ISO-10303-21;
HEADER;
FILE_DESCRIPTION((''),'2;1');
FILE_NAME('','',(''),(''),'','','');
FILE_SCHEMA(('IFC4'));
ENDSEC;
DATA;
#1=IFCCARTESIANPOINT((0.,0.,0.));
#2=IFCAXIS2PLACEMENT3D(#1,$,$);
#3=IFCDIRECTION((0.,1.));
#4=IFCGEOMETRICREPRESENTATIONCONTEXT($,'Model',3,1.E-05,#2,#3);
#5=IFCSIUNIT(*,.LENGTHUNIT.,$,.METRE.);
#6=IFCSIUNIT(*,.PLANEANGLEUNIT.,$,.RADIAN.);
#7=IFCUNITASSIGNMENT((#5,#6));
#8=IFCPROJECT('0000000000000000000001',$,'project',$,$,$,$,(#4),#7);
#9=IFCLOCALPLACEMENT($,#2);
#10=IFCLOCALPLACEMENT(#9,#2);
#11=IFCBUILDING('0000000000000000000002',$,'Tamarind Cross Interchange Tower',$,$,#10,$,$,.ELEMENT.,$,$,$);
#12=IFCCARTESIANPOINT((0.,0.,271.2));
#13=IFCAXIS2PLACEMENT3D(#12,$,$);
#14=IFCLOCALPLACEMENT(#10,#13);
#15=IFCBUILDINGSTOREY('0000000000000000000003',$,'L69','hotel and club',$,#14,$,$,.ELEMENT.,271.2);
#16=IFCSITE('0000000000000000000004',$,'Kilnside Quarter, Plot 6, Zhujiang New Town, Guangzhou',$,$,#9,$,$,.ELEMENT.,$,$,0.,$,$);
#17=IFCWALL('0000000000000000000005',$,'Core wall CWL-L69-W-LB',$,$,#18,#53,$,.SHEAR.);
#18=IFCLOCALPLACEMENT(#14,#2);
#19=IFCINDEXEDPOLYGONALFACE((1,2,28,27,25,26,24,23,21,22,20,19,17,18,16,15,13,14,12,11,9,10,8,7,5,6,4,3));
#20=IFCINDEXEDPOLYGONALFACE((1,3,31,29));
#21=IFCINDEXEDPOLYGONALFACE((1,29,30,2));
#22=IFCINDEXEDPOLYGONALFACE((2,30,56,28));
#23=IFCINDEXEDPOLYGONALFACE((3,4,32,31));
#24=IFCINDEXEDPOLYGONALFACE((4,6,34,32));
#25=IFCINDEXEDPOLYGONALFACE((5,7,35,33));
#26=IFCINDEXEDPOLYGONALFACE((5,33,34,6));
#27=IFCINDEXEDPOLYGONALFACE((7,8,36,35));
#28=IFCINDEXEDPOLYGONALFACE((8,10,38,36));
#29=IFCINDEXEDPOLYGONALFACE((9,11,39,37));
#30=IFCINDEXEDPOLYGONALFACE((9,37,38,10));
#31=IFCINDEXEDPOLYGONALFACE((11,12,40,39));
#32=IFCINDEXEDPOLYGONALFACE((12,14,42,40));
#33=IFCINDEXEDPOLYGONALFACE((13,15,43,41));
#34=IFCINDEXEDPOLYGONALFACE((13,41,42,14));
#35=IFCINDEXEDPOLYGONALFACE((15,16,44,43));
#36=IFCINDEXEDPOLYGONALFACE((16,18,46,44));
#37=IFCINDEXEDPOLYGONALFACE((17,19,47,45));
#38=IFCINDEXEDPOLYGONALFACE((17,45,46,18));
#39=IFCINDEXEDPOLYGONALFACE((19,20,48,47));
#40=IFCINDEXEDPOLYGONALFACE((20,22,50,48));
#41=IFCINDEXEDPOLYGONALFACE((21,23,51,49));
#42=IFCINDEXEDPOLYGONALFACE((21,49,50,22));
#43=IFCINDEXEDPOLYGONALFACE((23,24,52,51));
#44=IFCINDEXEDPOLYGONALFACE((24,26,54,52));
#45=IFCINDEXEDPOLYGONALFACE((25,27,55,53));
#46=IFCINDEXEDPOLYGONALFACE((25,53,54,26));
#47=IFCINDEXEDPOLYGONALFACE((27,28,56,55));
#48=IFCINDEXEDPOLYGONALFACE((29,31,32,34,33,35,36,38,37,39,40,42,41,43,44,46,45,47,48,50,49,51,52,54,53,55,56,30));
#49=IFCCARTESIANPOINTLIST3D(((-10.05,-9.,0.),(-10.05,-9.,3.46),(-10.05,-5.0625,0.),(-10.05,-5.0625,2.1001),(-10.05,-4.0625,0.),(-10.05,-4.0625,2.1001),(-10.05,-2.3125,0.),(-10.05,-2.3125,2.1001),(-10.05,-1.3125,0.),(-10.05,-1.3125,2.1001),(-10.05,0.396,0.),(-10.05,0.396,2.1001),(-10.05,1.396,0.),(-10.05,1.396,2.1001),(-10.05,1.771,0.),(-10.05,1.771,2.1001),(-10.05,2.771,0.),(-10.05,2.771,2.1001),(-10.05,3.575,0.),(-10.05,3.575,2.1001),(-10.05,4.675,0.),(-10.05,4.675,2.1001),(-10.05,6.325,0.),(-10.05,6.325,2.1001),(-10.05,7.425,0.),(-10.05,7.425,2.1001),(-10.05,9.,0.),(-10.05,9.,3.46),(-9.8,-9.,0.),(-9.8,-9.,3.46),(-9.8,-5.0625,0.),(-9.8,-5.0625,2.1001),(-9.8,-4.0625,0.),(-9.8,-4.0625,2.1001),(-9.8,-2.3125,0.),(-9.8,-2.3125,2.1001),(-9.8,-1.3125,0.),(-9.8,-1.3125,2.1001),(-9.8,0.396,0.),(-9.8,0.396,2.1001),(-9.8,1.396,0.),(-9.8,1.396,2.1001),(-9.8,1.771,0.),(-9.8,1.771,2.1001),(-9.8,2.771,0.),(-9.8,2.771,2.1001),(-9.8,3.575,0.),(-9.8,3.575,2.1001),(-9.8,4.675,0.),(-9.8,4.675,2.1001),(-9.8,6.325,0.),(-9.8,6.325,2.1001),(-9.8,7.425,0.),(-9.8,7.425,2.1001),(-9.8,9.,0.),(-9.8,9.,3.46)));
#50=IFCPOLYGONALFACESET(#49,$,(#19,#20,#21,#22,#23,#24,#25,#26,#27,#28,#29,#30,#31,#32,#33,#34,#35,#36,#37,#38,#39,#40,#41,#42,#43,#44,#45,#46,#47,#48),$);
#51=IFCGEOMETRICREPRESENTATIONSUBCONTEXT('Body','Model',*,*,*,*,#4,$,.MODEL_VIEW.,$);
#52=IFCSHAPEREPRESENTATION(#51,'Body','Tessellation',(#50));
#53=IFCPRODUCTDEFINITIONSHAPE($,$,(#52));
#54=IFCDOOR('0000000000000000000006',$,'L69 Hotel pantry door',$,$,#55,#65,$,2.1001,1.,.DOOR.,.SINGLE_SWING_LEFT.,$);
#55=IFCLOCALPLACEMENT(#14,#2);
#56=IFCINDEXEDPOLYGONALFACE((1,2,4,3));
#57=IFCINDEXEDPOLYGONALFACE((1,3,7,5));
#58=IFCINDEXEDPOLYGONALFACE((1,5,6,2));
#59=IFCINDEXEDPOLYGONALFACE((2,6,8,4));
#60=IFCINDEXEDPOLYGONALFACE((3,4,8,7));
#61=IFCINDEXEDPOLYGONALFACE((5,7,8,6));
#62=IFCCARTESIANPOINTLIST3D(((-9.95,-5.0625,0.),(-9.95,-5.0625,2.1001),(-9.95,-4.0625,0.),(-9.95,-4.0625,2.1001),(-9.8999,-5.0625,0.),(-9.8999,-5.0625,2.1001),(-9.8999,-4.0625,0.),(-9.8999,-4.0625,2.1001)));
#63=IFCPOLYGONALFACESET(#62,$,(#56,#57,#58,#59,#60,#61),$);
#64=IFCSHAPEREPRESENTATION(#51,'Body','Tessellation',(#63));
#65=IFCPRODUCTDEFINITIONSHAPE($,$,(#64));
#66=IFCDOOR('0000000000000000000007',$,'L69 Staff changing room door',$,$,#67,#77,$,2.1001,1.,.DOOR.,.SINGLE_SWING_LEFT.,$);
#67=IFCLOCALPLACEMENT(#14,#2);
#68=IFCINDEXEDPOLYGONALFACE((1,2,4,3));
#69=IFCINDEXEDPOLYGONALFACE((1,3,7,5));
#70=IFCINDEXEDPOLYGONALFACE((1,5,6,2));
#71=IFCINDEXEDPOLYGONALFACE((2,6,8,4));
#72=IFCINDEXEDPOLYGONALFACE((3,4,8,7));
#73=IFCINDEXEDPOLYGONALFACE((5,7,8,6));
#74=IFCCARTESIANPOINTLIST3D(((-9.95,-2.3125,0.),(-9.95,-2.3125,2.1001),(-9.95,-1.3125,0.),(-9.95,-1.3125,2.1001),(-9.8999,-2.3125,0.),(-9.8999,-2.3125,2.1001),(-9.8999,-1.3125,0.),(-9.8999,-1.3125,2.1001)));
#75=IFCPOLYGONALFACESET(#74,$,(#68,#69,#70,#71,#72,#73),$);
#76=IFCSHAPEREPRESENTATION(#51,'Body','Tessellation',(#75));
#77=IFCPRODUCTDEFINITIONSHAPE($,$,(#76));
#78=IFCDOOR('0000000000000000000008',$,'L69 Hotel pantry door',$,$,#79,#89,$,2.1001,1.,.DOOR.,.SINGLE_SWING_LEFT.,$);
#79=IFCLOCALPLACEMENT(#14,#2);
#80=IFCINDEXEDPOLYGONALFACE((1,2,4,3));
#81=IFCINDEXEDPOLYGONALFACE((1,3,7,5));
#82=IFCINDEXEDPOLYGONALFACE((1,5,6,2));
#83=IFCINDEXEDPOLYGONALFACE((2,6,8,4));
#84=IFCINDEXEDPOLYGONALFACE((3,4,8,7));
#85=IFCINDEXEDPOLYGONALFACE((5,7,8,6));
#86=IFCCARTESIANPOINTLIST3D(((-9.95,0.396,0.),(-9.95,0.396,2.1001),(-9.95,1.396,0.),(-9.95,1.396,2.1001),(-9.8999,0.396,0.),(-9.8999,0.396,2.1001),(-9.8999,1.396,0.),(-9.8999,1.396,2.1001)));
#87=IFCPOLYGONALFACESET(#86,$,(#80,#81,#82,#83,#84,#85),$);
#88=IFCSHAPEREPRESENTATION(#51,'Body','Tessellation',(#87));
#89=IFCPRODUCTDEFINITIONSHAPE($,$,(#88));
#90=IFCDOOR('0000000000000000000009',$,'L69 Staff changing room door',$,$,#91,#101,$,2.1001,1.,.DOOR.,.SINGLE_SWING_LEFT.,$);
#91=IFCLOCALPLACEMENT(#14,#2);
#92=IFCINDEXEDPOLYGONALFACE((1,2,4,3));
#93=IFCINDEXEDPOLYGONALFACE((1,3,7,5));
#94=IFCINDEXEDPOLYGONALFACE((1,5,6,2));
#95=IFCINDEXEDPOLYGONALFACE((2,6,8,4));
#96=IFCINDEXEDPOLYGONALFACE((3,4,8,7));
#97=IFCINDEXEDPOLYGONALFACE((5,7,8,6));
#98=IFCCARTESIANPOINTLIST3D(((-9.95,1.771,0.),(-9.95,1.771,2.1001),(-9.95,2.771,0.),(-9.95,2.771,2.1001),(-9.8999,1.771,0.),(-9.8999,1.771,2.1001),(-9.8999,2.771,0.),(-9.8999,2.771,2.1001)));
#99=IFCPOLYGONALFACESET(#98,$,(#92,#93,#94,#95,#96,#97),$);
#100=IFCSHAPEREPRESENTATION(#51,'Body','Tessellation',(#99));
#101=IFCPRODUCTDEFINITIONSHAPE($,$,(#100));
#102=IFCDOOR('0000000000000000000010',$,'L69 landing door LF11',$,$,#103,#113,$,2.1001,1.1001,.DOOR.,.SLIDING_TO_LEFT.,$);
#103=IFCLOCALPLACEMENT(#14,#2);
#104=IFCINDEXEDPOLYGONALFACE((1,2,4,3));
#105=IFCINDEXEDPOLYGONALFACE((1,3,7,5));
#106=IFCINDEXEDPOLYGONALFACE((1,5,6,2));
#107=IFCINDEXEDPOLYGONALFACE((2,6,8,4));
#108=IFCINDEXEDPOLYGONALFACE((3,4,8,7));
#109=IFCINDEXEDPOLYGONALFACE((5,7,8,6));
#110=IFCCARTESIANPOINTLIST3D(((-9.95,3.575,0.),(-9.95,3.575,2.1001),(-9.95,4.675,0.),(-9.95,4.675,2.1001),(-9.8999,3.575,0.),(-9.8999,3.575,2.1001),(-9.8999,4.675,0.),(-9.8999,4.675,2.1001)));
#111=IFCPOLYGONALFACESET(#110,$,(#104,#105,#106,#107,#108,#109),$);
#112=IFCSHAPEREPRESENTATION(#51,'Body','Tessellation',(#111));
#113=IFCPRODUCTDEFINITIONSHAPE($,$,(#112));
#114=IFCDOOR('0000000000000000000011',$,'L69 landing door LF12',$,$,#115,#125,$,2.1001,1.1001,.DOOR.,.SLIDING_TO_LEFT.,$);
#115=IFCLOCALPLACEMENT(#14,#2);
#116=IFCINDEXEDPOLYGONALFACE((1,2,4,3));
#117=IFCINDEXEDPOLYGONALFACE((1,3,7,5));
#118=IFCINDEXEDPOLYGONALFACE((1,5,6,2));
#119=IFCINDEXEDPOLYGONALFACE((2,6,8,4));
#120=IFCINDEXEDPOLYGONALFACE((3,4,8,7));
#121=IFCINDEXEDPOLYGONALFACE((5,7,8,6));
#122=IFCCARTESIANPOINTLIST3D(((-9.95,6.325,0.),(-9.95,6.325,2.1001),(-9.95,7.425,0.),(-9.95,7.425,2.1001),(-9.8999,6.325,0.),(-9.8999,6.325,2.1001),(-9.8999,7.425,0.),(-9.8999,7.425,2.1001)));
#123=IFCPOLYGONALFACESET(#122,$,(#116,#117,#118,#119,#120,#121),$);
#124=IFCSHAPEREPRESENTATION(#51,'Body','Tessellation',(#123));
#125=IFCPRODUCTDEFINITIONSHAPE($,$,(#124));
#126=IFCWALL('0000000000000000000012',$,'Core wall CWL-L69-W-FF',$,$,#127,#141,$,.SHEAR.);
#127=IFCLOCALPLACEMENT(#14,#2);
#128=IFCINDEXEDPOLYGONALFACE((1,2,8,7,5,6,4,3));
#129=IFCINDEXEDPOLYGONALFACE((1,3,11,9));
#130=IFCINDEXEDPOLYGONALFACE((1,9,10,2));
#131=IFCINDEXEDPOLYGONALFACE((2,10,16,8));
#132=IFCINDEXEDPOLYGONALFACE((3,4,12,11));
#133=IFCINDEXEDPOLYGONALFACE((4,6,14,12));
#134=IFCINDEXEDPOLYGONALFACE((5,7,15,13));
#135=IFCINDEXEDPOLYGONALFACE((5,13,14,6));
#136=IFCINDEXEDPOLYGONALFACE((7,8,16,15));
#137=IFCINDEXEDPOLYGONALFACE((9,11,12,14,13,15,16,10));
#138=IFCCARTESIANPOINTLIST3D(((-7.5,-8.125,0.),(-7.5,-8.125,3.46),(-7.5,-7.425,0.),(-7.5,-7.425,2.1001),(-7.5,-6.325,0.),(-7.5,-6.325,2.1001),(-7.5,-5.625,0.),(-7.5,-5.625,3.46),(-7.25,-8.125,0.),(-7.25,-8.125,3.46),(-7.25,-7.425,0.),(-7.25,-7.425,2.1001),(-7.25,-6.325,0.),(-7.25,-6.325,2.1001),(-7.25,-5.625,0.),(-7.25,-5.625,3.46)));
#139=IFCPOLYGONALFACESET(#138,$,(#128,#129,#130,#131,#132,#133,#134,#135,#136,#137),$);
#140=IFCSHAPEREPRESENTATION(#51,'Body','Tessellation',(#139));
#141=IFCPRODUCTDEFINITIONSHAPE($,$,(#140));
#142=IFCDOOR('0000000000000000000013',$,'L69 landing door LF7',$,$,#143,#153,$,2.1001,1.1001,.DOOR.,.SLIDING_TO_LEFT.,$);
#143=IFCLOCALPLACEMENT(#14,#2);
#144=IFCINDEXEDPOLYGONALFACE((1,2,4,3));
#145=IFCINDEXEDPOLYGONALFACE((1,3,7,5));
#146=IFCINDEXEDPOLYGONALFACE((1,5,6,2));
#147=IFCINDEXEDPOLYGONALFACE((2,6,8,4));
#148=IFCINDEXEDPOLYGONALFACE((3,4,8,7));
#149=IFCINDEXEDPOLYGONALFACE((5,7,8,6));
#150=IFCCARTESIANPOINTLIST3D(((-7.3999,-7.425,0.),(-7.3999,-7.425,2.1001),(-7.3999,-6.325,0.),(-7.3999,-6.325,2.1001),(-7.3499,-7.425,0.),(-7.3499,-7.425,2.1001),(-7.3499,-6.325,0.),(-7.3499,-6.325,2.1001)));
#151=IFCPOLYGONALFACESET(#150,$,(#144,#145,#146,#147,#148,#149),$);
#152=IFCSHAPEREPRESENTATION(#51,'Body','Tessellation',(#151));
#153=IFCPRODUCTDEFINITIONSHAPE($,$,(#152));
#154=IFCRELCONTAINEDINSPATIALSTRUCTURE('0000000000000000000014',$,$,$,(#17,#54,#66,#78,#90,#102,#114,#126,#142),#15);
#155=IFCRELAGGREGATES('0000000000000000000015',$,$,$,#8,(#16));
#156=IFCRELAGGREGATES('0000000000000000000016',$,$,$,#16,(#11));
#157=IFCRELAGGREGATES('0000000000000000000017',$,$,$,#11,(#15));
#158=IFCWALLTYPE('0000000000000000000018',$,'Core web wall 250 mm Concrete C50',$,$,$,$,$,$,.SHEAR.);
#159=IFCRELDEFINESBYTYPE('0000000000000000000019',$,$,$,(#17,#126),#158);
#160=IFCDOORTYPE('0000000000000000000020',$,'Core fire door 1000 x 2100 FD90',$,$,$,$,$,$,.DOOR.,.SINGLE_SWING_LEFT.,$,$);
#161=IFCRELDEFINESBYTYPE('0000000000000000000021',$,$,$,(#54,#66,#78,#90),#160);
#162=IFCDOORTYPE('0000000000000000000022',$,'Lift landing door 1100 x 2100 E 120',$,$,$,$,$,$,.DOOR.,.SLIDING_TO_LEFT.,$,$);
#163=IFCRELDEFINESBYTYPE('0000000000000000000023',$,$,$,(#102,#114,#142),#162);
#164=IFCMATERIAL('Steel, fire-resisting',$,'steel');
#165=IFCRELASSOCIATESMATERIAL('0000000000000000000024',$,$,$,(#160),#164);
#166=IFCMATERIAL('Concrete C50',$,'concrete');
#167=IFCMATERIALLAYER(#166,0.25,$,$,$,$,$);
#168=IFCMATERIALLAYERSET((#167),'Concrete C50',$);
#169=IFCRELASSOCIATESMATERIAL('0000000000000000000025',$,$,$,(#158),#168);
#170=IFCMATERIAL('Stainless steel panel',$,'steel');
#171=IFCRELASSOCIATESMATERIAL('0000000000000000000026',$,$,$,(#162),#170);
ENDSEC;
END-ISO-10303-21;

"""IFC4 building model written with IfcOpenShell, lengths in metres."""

from ifc_helpers import new_model, si_unit, direction, frame, frame_2d, origin, place, context, subcontext, project, spatial, rectangle, extrude, material, layer, layer_set, type_object, element, fill, save


model = new_model("IFC4")

# Units and contexts
model_context = context("Model", 3, precision=1e-05, world=origin(), true_north=direction((0.0, 1.0)))
body_context = subcontext(model_context, "Body", "Model", "MODEL_VIEW")
ifc_project = project(units=[si_unit("LENGTHUNIT", "METRE"), si_unit("PLANEANGLEUNIT", "RADIAN")], contexts=[model_context])

# Site, building, storey
site_placement = place(None, origin())
site = spatial("IfcSite", under=ifc_project, at=site_placement, Name="Kilnside Quarter, Plot 6, Zhujiang New Town, Guangzhou", CompositionType="ELEMENT", RefElevation=0.0)
building_placement = place(site_placement, origin())
building = spatial("IfcBuilding", under=site, at=building_placement, Name="Tamarind Cross Interchange Tower", CompositionType="ELEMENT")
storey_placement = place(building_placement, frame((0.0, 0.0, 271.2)))
storey = spatial("IfcBuildingStorey", under=building, at=storey_placement, Name="L69", Description="hotel and club", CompositionType="ELEMENT", Elevation=271.2)

# Shared definitions
ifc_material_1 = material(Name="Concrete C50", Category="concrete")
ifc_material_2 = material(Name="Steel, fire-resisting", Category="steel")
door_type_1 = type_object("IfcDoorType", Name="Core fire door 1000 x 2100 FD90", OperationType="SINGLE_SWING_LEFT", PredefinedType="DOOR", material=ifc_material_2)

# Shared definitions
ifc_layer_1 = layer(ifc_material_1, 0.25)
ifc_layer_set_1 = layer_set([ifc_layer_1], Name="Concrete C50")
wall_type_1 = type_object("IfcWallType", Name="Core web wall 250 mm Concrete C50", PredefinedType="SHEAR", material=ifc_layer_set_1)

# Wall, openings, doors
wall_1_placement = place(storey_placement, frame((-9.925, -9.0, 0.0), z_axis=(0.0, 0.0, 1.0), x_axis=(0.0, 1.0, 0.0)))
wall_1 = element("IfcWall", 1, at=wall_1_placement, inside=storey, type_object=wall_type_1, Name="Core wall CWL-L69-W-LB", PredefinedType="SHEAR", context=body_context, shape_type="SweptSolid", body=[
    extrude(rectangle(XDim=18.0, YDim=0.25, at=frame_2d((9.0, 0.0))), origin(), (0.0, 0.0, 1.0), 3.46),
])
opening_1_placement = place(wall_1_placement, frame((12.575, 0.0, 0.0)))
opening_1 = element("IfcOpeningElement", 2, at=opening_1_placement, cuts=wall_1, PredefinedType="OPENING", context=body_context, shape_type="SweptSolid", body=[
    extrude(rectangle(XDim=1.1001, YDim=2.1001, at=frame_2d((0.55, 1.05))), frame((0.0, 0.135, 0.0), z_axis=(0.0, -1.0, 0.0), x_axis=(1.0, 0.0, 0.0)), (0.0, 0.0, 1.0), 0.27),
])
opening_2_placement = place(wall_1_placement, frame((15.325, 0.0, 0.0)))
opening_2 = element("IfcOpeningElement", 3, at=opening_2_placement, cuts=wall_1, PredefinedType="OPENING", context=body_context, shape_type="SweptSolid", body=[
    extrude(rectangle(XDim=1.1001, YDim=2.1001, at=frame_2d((0.55, 1.05))), frame((0.0, 0.135, 0.0), z_axis=(0.0, -1.0, 0.0), x_axis=(1.0, 0.0, 0.0)), (0.0, 0.0, 1.0), 0.27),
])
opening_3_placement = place(wall_1_placement, frame((3.9375, 0.0, 0.0)))
opening_3 = element("IfcOpeningElement", 4, at=opening_3_placement, cuts=wall_1, PredefinedType="OPENING", context=body_context, shape_type="SweptSolid", body=[
    extrude(rectangle(XDim=1.0, YDim=2.1001, at=frame_2d((0.5, 1.05))), frame((0.0, 0.135, 0.0), z_axis=(0.0, -1.0, 0.0), x_axis=(1.0, 0.0, 0.0)), (0.0, 0.0, 1.0), 0.27),
])
opening_4_placement = place(wall_1_placement, frame((6.6875, 0.0, 0.0)))
opening_4 = element("IfcOpeningElement", 5, at=opening_4_placement, cuts=wall_1, PredefinedType="OPENING", context=body_context, shape_type="SweptSolid", body=[
    extrude(rectangle(XDim=1.0, YDim=2.1001, at=frame_2d((0.5, 1.05))), frame((0.0, 0.135, 0.0), z_axis=(0.0, -1.0, 0.0), x_axis=(1.0, 0.0, 0.0)), (0.0, 0.0, 1.0), 0.27),
])
opening_5_placement = place(wall_1_placement, frame((9.396, 0.0, 0.0)))
opening_5 = element("IfcOpeningElement", 6, at=opening_5_placement, cuts=wall_1, PredefinedType="OPENING", context=body_context, shape_type="SweptSolid", body=[
    extrude(rectangle(XDim=1.0, YDim=2.1001, at=frame_2d((0.5, 1.05))), frame((0.0, 0.135, 0.0), z_axis=(0.0, -1.0, 0.0), x_axis=(1.0, 0.0, 0.0)), (0.0, 0.0, 1.0), 0.27),
])
opening_6_placement = place(wall_1_placement, frame((10.771, 0.0, 0.0)))
opening_6 = element("IfcOpeningElement", 7, at=opening_6_placement, cuts=wall_1, PredefinedType="OPENING", context=body_context, shape_type="SweptSolid", body=[
    extrude(rectangle(XDim=1.0, YDim=2.1001, at=frame_2d((0.5, 1.05))), frame((0.0, 0.135, 0.0), z_axis=(0.0, -1.0, 0.0), x_axis=(1.0, 0.0, 0.0)), (0.0, 0.0, 1.0), 0.27),
])
door_1_placement = place(opening_3_placement, origin())
door_1 = element("IfcDoor", 8, at=door_1_placement, inside=storey, type_object=door_type_1, Name="L69 Hotel pantry door", OperationType="SINGLE_SWING_LEFT", OverallHeight=2.1001, OverallWidth=1.0, PredefinedType="DOOR", context=body_context, shape_type="SweptSolid", body=[
    extrude(rectangle(XDim=1.0, YDim=2.1001, at=frame_2d((0.5, 1.05))), frame((0.0, 0.0249, 0.0), z_axis=(0.0, -1.0, 0.0), x_axis=(1.0, 0.0, 0.0)), (0.0, 0.0, 1.0), 0.05),
])
fill(opening_3, door_1)
door_2_placement = place(opening_4_placement, origin())
door_2 = element("IfcDoor", 9, at=door_2_placement, inside=storey, type_object=door_type_1, Name="L69 Staff changing room door", OperationType="SINGLE_SWING_LEFT", OverallHeight=2.1001, OverallWidth=1.0, PredefinedType="DOOR", context=body_context, shape_type="SweptSolid", body=[
    extrude(rectangle(XDim=1.0, YDim=2.1001, at=frame_2d((0.5, 1.05))), frame((0.0, 0.0249, 0.0), z_axis=(0.0, -1.0, 0.0), x_axis=(1.0, 0.0, 0.0)), (0.0, 0.0, 1.0), 0.05),
])
fill(opening_4, door_2)
door_3_placement = place(opening_5_placement, origin())
door_3 = element("IfcDoor", 10, at=door_3_placement, inside=storey, type_object=door_type_1, Name="L69 Hotel pantry door", OperationType="SINGLE_SWING_LEFT", OverallHeight=2.1001, OverallWidth=1.0, PredefinedType="DOOR", context=body_context, shape_type="SweptSolid", body=[
    extrude(rectangle(XDim=1.0, YDim=2.1001, at=frame_2d((0.5, 1.05))), frame((0.0, 0.0249, 0.0), z_axis=(0.0, -1.0, 0.0), x_axis=(1.0, 0.0, 0.0)), (0.0, 0.0, 1.0), 0.05),
])
fill(opening_5, door_3)
door_4_placement = place(opening_6_placement, origin())
door_4 = element("IfcDoor", 11, at=door_4_placement, inside=storey, type_object=door_type_1, Name="L69 Staff changing room door", OperationType="SINGLE_SWING_LEFT", OverallHeight=2.1001, OverallWidth=1.0, PredefinedType="DOOR", context=body_context, shape_type="SweptSolid", body=[
    extrude(rectangle(XDim=1.0, YDim=2.1001, at=frame_2d((0.5, 1.05))), frame((0.0, 0.0249, 0.0), z_axis=(0.0, -1.0, 0.0), x_axis=(1.0, 0.0, 0.0)), (0.0, 0.0, 1.0), 0.05),
])
fill(opening_6, door_4)
ifc_material_3 = material(Name="Stainless steel panel", Category="steel")
door_type_2 = type_object("IfcDoorType", Name="Lift landing door 1100 x 2100 E 120", OperationType="SLIDING_TO_LEFT", PredefinedType="DOOR", material=ifc_material_3)
door_5_placement = place(opening_1_placement, origin())
door_5 = element("IfcDoor", 12, at=door_5_placement, inside=storey, type_object=door_type_2, Name="L69 landing door LF11", OperationType="SLIDING_TO_LEFT", OverallHeight=2.1001, OverallWidth=1.1001, PredefinedType="DOOR", context=body_context, shape_type="SweptSolid", body=[
    extrude(rectangle(XDim=1.1001, YDim=2.1001, at=frame_2d((0.55, 1.05))), frame((0.0, 0.0249, 0.0), z_axis=(0.0, -1.0, 0.0), x_axis=(1.0, 0.0, 0.0)), (0.0, 0.0, 1.0), 0.05),
])
fill(opening_1, door_5)
door_6_placement = place(opening_2_placement, origin())
door_6 = element("IfcDoor", 13, at=door_6_placement, inside=storey, type_object=door_type_2, Name="L69 landing door LF12", OperationType="SLIDING_TO_LEFT", OverallHeight=2.1001, OverallWidth=1.1001, PredefinedType="DOOR", context=body_context, shape_type="SweptSolid", body=[
    extrude(rectangle(XDim=1.1001, YDim=2.1001, at=frame_2d((0.55, 1.05))), frame((0.0, 0.0249, 0.0), z_axis=(0.0, -1.0, 0.0), x_axis=(1.0, 0.0, 0.0)), (0.0, 0.0, 1.0), 0.05),
])
fill(opening_2, door_6)

# Wall, opening, door
wall_2_placement = place(storey_placement, frame((-7.375, -8.125, 0.0), z_axis=(0.0, 0.0, 1.0), x_axis=(0.0, 1.0, 0.0)))
wall_2 = element("IfcWall", 14, at=wall_2_placement, inside=storey, type_object=wall_type_1, Name="Core wall CWL-L69-W-FF", PredefinedType="SHEAR", context=body_context, shape_type="SweptSolid", body=[
    extrude(rectangle(XDim=2.5, YDim=0.25, at=frame_2d((1.25, 0.0))), origin(), (0.0, 0.0, 1.0), 3.46),
])
opening_7_placement = place(wall_2_placement, frame((0.7, 0.0, 0.0)))
opening_7 = element("IfcOpeningElement", 15, at=opening_7_placement, cuts=wall_2, PredefinedType="OPENING", context=body_context, shape_type="SweptSolid", body=[
    extrude(rectangle(XDim=1.1001, YDim=2.1001, at=frame_2d((0.55, 1.05))), frame((0.0, 0.135, 0.0), z_axis=(0.0, -1.0, 0.0), x_axis=(1.0, 0.0, 0.0)), (0.0, 0.0, 1.0), 0.27),
])
door_7_placement = place(opening_7_placement, origin())
door_7 = element("IfcDoor", 16, at=door_7_placement, inside=storey, type_object=door_type_2, Name="L69 landing door LF7", OperationType="SLIDING_TO_LEFT", OverallHeight=2.1001, OverallWidth=1.1001, PredefinedType="DOOR", context=body_context, shape_type="SweptSolid", body=[
    extrude(rectangle(XDim=1.1001, YDim=2.1001, at=frame_2d((0.55, 1.05))), frame((0.0, 0.0249, 0.0), z_axis=(0.0, -1.0, 0.0), x_axis=(1.0, 0.0, 0.0)), (0.0, 0.0, 1.0), 0.05),
])
fill(opening_7, door_7)

save(model, "model.ifc")
